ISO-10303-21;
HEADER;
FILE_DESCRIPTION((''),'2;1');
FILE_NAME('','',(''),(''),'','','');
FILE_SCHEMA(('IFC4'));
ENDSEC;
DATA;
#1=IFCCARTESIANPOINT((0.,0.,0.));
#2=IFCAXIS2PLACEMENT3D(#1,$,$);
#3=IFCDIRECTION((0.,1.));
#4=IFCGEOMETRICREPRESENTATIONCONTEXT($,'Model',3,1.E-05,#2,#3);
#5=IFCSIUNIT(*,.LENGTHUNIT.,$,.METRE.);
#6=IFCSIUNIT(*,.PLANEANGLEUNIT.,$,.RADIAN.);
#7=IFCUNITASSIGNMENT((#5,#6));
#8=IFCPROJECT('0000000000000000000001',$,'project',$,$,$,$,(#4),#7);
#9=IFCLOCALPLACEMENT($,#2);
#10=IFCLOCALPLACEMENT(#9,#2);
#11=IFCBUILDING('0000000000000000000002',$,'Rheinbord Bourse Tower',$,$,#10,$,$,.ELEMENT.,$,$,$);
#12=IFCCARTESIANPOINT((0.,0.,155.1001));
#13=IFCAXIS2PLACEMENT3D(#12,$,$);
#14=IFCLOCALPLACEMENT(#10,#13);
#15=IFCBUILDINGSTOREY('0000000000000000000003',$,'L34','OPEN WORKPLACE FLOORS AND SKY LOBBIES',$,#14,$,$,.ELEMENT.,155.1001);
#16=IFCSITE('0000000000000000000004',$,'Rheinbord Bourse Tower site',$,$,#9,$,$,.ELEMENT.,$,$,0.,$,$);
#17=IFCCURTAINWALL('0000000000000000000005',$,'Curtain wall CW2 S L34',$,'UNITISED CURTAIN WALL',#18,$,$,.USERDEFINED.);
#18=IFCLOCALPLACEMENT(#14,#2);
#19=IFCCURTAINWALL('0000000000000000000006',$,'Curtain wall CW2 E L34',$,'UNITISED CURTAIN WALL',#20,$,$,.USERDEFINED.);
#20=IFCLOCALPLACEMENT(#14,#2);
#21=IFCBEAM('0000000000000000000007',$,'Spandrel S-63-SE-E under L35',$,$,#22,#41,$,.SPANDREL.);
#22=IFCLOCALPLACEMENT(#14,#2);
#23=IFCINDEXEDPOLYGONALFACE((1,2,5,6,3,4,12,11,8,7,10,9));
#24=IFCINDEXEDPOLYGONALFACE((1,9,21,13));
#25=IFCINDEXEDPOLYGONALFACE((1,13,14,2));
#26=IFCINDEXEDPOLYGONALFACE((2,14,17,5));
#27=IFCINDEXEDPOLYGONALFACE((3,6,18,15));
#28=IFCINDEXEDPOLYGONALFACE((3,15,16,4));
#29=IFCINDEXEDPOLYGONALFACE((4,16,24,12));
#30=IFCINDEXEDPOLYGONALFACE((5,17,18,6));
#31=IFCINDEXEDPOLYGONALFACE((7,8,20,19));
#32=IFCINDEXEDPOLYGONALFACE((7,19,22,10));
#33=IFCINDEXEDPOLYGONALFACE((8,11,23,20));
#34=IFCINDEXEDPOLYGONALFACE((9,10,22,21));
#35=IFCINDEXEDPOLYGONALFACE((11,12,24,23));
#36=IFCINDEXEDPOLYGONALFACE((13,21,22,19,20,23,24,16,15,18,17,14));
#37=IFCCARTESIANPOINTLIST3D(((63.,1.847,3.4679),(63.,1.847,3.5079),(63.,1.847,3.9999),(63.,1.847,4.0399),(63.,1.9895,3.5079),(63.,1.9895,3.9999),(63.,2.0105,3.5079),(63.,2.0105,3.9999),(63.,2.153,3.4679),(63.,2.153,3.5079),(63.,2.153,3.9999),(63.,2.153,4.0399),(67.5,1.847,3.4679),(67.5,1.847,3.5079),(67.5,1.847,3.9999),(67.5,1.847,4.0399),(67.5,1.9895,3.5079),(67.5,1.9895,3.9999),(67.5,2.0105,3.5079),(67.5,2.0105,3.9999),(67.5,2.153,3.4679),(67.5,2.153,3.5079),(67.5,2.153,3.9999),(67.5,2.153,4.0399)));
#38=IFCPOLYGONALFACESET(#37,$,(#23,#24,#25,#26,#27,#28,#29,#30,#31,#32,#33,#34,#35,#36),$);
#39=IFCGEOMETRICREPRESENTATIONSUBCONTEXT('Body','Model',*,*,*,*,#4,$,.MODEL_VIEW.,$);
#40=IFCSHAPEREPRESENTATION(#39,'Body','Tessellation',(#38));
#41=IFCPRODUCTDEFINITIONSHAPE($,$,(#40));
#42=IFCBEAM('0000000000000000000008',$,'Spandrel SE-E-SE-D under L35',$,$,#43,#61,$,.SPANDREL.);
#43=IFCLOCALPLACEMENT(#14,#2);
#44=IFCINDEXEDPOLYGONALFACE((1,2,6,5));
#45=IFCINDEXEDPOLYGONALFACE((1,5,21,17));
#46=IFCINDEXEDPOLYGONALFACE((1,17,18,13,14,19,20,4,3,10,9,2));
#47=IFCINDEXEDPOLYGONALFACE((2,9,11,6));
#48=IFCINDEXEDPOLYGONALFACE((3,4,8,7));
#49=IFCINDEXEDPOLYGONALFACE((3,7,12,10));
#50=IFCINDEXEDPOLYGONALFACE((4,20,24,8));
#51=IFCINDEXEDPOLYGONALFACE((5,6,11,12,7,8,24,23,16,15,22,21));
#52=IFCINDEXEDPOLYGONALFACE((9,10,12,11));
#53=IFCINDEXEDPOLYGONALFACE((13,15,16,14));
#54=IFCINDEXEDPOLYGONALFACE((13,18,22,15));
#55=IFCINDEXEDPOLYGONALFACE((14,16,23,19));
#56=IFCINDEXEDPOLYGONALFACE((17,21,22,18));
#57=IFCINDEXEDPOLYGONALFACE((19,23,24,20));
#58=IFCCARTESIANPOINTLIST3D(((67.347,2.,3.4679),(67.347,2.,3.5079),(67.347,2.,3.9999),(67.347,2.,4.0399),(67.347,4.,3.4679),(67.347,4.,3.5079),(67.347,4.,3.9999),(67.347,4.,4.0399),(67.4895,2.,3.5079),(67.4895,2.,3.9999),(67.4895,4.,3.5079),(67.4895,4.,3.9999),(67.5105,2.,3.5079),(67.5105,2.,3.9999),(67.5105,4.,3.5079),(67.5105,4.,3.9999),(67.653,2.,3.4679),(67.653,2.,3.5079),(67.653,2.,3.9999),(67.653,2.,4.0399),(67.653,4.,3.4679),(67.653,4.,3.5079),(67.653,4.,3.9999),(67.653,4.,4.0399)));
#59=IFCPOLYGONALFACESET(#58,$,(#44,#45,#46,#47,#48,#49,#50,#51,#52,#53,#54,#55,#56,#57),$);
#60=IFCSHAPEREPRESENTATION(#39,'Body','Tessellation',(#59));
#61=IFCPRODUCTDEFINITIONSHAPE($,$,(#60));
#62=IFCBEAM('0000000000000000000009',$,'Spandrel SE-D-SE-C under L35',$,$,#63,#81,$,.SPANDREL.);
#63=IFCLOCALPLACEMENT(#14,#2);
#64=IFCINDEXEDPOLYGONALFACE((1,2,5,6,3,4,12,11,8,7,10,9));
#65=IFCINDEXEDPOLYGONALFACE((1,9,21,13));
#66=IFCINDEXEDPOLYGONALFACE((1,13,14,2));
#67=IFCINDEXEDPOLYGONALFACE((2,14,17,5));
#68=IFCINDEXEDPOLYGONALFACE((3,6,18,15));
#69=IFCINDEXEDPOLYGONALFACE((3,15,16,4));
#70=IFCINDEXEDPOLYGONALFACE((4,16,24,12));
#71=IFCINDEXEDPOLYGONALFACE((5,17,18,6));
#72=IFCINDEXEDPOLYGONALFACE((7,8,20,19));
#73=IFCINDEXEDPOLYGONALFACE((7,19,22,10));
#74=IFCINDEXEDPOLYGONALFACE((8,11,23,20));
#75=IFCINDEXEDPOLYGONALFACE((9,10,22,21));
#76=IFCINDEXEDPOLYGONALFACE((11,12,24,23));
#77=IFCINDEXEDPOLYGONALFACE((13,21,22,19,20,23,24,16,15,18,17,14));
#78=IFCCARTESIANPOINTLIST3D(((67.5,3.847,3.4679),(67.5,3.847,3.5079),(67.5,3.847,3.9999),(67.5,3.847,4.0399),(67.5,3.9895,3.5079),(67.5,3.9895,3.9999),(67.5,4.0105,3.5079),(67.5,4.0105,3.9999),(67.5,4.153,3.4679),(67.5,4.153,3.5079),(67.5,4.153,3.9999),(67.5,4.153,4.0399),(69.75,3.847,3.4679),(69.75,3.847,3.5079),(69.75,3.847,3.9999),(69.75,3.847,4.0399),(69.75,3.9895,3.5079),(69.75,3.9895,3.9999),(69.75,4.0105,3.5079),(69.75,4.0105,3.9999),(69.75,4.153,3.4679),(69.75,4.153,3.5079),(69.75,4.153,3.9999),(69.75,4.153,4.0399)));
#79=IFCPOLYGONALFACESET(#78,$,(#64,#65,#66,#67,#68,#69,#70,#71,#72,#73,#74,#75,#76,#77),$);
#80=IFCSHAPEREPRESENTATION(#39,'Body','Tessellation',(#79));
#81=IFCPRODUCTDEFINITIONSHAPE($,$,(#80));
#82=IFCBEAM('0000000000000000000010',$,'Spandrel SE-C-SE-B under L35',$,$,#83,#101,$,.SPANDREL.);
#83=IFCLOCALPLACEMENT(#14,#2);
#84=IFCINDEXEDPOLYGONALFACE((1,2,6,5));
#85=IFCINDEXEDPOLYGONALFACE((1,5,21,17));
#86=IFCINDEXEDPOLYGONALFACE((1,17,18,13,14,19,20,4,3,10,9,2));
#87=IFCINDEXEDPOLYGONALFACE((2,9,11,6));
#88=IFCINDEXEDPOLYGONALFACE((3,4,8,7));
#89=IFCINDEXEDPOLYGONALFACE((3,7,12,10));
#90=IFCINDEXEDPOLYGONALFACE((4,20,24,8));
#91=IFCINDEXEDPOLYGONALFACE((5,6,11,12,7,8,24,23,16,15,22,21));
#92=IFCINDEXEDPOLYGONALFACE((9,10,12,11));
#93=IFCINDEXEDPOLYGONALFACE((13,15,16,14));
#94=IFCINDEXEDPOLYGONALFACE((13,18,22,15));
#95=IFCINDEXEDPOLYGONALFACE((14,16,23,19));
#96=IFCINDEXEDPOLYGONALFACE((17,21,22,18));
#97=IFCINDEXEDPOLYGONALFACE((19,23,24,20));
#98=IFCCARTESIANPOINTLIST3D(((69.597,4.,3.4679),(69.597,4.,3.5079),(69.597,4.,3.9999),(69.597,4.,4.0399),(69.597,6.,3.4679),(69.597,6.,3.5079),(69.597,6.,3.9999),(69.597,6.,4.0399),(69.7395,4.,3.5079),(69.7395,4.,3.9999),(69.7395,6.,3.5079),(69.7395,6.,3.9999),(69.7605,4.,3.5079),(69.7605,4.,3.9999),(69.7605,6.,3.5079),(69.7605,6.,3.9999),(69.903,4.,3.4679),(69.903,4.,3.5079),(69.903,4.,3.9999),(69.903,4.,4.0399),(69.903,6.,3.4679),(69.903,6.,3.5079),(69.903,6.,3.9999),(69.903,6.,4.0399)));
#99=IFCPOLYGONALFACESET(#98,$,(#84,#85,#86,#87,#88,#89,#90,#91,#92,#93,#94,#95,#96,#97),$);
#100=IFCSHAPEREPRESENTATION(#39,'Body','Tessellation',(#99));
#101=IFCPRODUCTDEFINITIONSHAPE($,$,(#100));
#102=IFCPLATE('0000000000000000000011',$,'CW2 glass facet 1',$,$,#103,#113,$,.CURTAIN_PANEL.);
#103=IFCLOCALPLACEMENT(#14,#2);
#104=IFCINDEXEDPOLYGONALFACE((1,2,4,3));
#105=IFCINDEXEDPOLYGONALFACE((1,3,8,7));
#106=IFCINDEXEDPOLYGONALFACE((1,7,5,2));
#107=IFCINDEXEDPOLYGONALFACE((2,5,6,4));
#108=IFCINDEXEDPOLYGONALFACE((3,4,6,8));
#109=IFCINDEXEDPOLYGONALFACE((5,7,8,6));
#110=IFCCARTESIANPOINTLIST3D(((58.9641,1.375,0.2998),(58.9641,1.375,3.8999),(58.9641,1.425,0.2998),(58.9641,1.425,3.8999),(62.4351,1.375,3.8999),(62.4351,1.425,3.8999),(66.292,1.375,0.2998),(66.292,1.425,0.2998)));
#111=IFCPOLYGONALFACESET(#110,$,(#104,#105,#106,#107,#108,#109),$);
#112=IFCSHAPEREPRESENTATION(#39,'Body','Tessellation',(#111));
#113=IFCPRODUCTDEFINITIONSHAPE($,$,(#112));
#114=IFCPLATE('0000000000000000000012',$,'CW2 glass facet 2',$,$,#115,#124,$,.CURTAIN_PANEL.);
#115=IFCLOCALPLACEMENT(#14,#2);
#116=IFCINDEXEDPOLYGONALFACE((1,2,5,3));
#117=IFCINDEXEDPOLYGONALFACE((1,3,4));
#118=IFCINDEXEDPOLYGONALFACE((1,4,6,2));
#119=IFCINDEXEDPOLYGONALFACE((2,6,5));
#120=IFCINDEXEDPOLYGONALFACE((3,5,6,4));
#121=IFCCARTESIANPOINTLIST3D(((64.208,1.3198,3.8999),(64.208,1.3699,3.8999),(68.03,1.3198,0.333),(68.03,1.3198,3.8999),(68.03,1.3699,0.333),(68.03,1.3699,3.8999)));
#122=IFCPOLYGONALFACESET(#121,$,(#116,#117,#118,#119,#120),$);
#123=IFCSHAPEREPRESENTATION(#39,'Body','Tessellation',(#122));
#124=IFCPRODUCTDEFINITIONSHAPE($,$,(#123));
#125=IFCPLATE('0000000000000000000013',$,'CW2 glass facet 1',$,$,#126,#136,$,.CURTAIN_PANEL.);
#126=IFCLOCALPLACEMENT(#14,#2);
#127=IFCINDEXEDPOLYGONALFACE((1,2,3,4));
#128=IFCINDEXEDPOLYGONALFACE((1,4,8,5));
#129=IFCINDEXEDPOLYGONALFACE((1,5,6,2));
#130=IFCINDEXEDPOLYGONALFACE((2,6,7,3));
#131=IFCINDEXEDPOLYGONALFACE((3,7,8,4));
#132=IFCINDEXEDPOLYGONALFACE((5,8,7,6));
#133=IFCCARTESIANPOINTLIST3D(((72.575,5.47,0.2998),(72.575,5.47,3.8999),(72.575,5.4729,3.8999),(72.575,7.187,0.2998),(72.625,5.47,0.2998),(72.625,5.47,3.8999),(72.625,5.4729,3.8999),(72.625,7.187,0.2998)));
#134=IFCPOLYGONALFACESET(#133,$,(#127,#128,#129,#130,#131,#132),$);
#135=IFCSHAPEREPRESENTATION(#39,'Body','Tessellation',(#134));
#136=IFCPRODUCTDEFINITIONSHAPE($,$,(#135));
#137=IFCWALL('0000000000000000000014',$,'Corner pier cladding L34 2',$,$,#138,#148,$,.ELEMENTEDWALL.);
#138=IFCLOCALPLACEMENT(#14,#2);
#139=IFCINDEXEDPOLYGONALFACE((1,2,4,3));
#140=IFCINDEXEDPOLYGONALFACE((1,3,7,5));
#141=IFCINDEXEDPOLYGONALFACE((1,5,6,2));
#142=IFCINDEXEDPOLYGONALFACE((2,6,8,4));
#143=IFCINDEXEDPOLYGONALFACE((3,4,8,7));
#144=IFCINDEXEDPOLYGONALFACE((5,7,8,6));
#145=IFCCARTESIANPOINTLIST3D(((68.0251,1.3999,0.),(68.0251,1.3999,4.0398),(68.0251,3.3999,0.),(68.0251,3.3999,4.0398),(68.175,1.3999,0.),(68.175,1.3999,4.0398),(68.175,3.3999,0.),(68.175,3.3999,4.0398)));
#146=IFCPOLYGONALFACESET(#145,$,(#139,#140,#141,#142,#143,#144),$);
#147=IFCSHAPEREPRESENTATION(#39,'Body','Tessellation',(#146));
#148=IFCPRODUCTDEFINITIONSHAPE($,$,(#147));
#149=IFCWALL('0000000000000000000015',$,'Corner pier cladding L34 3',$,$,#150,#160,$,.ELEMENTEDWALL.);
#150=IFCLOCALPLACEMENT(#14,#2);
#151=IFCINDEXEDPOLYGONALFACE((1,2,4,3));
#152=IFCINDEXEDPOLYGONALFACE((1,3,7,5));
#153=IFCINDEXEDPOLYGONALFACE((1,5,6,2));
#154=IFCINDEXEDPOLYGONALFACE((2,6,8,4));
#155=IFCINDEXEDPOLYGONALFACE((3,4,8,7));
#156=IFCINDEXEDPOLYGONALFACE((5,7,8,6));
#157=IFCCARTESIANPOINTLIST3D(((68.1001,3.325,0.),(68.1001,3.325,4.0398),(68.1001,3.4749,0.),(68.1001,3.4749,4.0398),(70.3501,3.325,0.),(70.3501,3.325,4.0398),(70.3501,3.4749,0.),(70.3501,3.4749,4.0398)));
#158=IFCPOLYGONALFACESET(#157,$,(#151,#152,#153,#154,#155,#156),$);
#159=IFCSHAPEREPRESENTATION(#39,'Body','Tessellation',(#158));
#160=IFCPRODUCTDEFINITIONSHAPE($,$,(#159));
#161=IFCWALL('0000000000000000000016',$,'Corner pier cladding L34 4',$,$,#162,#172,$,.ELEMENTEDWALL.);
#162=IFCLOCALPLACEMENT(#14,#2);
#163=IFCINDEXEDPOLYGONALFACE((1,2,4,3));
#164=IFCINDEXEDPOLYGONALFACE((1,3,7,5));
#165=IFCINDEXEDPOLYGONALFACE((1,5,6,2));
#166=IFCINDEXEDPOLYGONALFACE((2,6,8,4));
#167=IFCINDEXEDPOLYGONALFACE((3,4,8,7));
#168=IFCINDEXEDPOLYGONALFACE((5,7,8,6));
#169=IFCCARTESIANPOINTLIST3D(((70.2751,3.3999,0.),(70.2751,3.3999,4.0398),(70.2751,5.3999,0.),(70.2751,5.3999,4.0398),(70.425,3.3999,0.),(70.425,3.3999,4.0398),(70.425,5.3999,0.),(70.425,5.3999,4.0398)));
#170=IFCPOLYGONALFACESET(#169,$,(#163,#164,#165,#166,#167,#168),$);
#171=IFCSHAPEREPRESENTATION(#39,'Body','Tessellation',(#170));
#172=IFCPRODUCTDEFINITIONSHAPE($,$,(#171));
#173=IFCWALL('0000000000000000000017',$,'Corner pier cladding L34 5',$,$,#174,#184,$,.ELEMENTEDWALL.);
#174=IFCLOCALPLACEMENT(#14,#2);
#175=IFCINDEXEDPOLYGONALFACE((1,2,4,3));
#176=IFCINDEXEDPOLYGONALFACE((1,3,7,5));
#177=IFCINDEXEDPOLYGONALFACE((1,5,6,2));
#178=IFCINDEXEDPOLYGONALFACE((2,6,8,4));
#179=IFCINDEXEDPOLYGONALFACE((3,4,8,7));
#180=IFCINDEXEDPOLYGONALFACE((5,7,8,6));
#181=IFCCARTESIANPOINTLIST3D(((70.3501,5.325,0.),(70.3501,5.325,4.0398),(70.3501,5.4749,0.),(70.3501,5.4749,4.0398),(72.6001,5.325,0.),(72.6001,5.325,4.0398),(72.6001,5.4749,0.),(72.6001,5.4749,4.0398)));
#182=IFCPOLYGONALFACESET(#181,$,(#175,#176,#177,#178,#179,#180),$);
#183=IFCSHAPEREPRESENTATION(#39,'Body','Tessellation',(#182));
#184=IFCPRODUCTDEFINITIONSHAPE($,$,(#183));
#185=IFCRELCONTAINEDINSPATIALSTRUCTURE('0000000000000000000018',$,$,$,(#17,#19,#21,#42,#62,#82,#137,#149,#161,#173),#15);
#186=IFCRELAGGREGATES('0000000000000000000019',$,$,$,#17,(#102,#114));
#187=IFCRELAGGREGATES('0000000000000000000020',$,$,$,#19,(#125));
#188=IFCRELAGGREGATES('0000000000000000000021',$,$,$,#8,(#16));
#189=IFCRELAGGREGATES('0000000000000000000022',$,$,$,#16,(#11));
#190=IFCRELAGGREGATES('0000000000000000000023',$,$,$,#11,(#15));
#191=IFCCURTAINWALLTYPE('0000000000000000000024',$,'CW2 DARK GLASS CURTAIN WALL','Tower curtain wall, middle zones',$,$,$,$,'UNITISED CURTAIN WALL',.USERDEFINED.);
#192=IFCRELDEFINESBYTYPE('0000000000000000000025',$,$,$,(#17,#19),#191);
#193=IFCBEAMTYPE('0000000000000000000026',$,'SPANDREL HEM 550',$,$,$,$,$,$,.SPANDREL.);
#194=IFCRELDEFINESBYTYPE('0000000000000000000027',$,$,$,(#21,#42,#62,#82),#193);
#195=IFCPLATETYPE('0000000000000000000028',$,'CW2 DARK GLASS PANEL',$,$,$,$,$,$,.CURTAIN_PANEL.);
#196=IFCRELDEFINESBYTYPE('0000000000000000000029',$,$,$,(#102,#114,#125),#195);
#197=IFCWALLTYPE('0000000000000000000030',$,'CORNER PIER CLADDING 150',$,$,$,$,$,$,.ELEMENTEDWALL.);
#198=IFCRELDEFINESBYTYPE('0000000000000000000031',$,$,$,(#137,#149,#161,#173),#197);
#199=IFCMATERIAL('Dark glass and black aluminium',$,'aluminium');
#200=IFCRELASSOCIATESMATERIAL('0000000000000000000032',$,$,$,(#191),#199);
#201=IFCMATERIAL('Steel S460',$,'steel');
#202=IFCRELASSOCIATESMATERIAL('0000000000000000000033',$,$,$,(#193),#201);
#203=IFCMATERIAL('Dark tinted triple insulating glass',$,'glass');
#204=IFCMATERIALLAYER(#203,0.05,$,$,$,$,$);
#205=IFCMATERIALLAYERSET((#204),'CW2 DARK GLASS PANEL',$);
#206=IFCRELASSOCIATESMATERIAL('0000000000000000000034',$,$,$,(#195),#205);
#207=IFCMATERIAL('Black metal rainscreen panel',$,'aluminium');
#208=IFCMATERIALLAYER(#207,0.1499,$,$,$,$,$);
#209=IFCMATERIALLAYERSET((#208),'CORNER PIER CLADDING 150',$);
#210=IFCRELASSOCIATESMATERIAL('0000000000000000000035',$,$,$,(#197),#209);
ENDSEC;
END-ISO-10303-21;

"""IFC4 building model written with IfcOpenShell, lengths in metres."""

from ifc_helpers import new_model, si_unit, direction, frame, frame_2d, origin, origin_2d, place, context, subcontext, project, spatial, polyline, rectangle, i_section, outline, extrude, material, layer, layer_set, material_profile, profile_set, type_object, element, aggregate, save


model = new_model("IFC4")

# Units and contexts
model_context = context("Model", 3, precision=1e-05, world=origin(), true_north=direction((0.0, 1.0)))
body_context = subcontext(model_context, "Body", "Model", "MODEL_VIEW")
ifc_project = project(units=[si_unit("LENGTHUNIT", "METRE"), si_unit("PLANEANGLEUNIT", "RADIAN")], contexts=[model_context])

# Site, building, storey
site_placement = place(None, origin())
site = spatial("IfcSite", under=ifc_project, at=site_placement, Name="Rheinbord Bourse Tower site", CompositionType="ELEMENT", RefElevation=0.0)
building_placement = place(site_placement, origin())
building = spatial("IfcBuilding", under=site, at=building_placement, Name="Rheinbord Bourse Tower", CompositionType="ELEMENT")
storey_placement = place(building_placement, frame((0.0, 0.0, 155.1001)))
storey = spatial("IfcBuildingStorey", under=building, at=storey_placement, Name="L34", Description="OPEN WORKPLACE FLOORS AND SKY LOBBIES", CompositionType="ELEMENT", Elevation=155.1001)

# Curtain wall
ifc_material_1 = material(Name="Dark glass and black aluminium", Category="aluminium")
curtain_wall_type = type_object("IfcCurtainWallType", Name="CW2 DARK GLASS CURTAIN WALL", Description="Tower curtain wall, middle zones", ElementType="UNITISED CURTAIN WALL", PredefinedType="USERDEFINED", material=ifc_material_1)
curtain_wall_1_placement = place(storey_placement, origin())
curtain_wall_1 = element("IfcCurtainWall", 1, at=curtain_wall_1_placement, inside=storey, type_object=curtain_wall_type, Name="Curtain wall CW2 S L34", ObjectType="UNITISED CURTAIN WALL", PredefinedType="USERDEFINED")

# Curtain wall
curtain_wall_2_placement = place(storey_placement, origin())
curtain_wall_2 = element("IfcCurtainWall", 2, at=curtain_wall_2_placement, inside=storey, type_object=curtain_wall_type, Name="Curtain wall CW2 E L34", ObjectType="UNITISED CURTAIN WALL", PredefinedType="USERDEFINED")

# Beams
ifc_material_2 = material(Name="Steel S460", Category="steel")
ifc_material_profile_1 = material_profile(ifc_material_2, i_section(OverallWidth=0.3059, OverallDepth=0.572, WebThickness=0.021, FlangeThickness=0.04, at=origin_2d()), Name="HEM 550")
ifc_profile_set_1 = profile_set([ifc_material_profile_1], Name="Steel S460")
beam_type_1 = type_object("IfcBeamType", Name="SPANDREL HEM 550", PredefinedType="SPANDREL", material=ifc_profile_set_1)
for number, where, z_axis, x_axis, name in (
    (3, (63.0, 2.0, 3.7539), (1.0, 0.0, 0.0), (0.0, 1.0, 0.0), "Spandrel S-63-SE-E under L35"),
):
    element("IfcBeam", number, at=place(storey_placement, frame(where, z_axis=z_axis, x_axis=x_axis)), inside=storey, type_object=beam_type_1, Name=name, PredefinedType="SPANDREL", context=body_context, shape_type="SweptSolid", body=[
        extrude(i_section(OverallWidth=0.3059, OverallDepth=0.572, WebThickness=0.021, FlangeThickness=0.04, at=origin_2d()), origin(), (0.0, 0.0, 1.0), 4.5),
    ])
beam_1_placement = place(storey_placement, frame((67.5, 2.0, 3.7539), z_axis=(0.0, 1.0, 0.0), x_axis=(-1.0, 0.0, 0.0)))
element("IfcBeam", 4, at=beam_1_placement, inside=storey, type_object=beam_type_1, Name="Spandrel SE-E-SE-D under L35", PredefinedType="SPANDREL", context=body_context, shape_type="SweptSolid", body=[
    extrude(i_section(OverallWidth=0.3059, OverallDepth=0.572, WebThickness=0.021, FlangeThickness=0.04, at=origin_2d()), origin(), (0.0, 0.0, 1.0), 2.0),
])
beam_2_placement = place(storey_placement, frame((67.5, 4.0, 3.7539), z_axis=(1.0, 0.0, 0.0), x_axis=(0.0, 1.0, 0.0)))
element("IfcBeam", 5, at=beam_2_placement, inside=storey, type_object=beam_type_1, Name="Spandrel SE-D-SE-C under L35", PredefinedType="SPANDREL", context=body_context, shape_type="SweptSolid", body=[
    extrude(i_section(OverallWidth=0.3059, OverallDepth=0.572, WebThickness=0.021, FlangeThickness=0.04, at=origin_2d()), origin(), (0.0, 0.0, 1.0), 2.25),
])
beam_3_placement = place(storey_placement, frame((69.75, 4.0, 3.7539), z_axis=(0.0, 1.0, 0.0), x_axis=(-1.0, 0.0, 0.0)))
element("IfcBeam", 6, at=beam_3_placement, inside=storey, type_object=beam_type_1, Name="Spandrel SE-C-SE-B under L35", PredefinedType="SPANDREL", context=body_context, shape_type="SweptSolid", body=[
    extrude(i_section(OverallWidth=0.3059, OverallDepth=0.572, WebThickness=0.021, FlangeThickness=0.04, at=origin_2d()), origin(), (0.0, 0.0, 1.0), 2.0),
])

# Plates
ifc_material_3 = material(Name="Dark tinted triple insulating glass", Category="glass")
ifc_layer_1 = layer(ifc_material_3, 0.05)
ifc_layer_set_1 = layer_set([ifc_layer_1], Name="CW2 DARK GLASS PANEL")
plate_type = type_object("IfcPlateType", Name="CW2 DARK GLASS PANEL", PredefinedType="CURTAIN_PANEL", material=ifc_layer_set_1)
plate_1_placement = place(storey_placement, frame((58.9641, 1.375, 0.2998), z_axis=(0.0, 1.0, 0.0), x_axis=(0.0, 0.0, 1.0)))
plate_1 = element("IfcPlate", 7, at=plate_1_placement, type_object=plate_type, Name="CW2 glass facet 1", PredefinedType="CURTAIN_PANEL", context=body_context, shape_type="SweptSolid", body=[
    extrude(outline(polyline([(0.0, 0.0), (3.6001, 0.0), (3.6001, 3.4709), (0.0, 7.3279), (0.0, 0.0)])), origin(), (0.0, 0.0, 1.0), 0.05),
])
plate_2_placement = place(storey_placement, frame((68.03, 1.3198, 3.8999), z_axis=(0.0, 1.0, 0.0), x_axis=(0.0, 0.0, -1.0)))
plate_2 = element("IfcPlate", 8, at=plate_2_placement, type_object=plate_type, Name="CW2 glass facet 2", PredefinedType="CURTAIN_PANEL", context=body_context, shape_type="SweptSolid", body=[
    extrude(outline(polyline([(0.0, 0.0), (3.5669, 0.0), (0.0, 3.822), (0.0, 0.0)])), origin(), (0.0, 0.0, 1.0), 0.05),
])
aggregate(curtain_wall_1, [plate_1, plate_2])
plate_3_placement = place(storey_placement, frame((72.625, 5.47, 0.2998), z_axis=(-1.0, 0.0, 0.0), x_axis=(0.0, 0.0, 1.0)))
plate_3 = element("IfcPlate", 9, at=plate_3_placement, type_object=plate_type, Name="CW2 glass facet 1", PredefinedType="CURTAIN_PANEL", context=body_context, shape_type="SweptSolid", body=[
    extrude(outline(polyline([(0.0, 0.0), (3.6001, 0.0), (3.6001, 0.0029), (0.0, 1.717), (0.0, 0.0)])), origin(), (0.0, 0.0, 1.0), 0.05),
])
aggregate(curtain_wall_2, [plate_3])

# Walls
ifc_material_4 = material(Name="Black metal rainscreen panel", Category="aluminium")
ifc_layer_2 = layer(ifc_material_4, 0.1499)
ifc_layer_set_2 = layer_set([ifc_layer_2], Name="CORNER PIER CLADDING 150")
wall_type = type_object("IfcWallType", Name="CORNER PIER CLADDING 150", PredefinedType="ELEMENTEDWALL", material=ifc_layer_set_2)
wall_1_placement = place(storey_placement, frame((68.1001, 1.3999, 0.0), z_axis=(0.0, 0.0, 1.0), x_axis=(0.0, 1.0, 0.0)))
element("IfcWall", 10, at=wall_1_placement, inside=storey, type_object=wall_type, Name="Corner pier cladding L34 2", PredefinedType="ELEMENTEDWALL", context=body_context, shape_type="SweptSolid", body=[
    extrude(rectangle(XDim=2.0, YDim=0.1499, at=frame_2d((1.0, 0.0))), origin(), (0.0, 0.0, 1.0), 4.0398),
])
wall_2_placement = place(storey_placement, frame((68.1001, 3.3999, 0.0), z_axis=(0.0, 0.0, 1.0), x_axis=(1.0, 0.0, 0.0)))
element("IfcWall", 11, at=wall_2_placement, inside=storey, type_object=wall_type, Name="Corner pier cladding L34 3", PredefinedType="ELEMENTEDWALL", context=body_context, shape_type="SweptSolid", body=[
    extrude(rectangle(XDim=2.25, YDim=0.1499, at=frame_2d((1.125, 0.0))), origin(), (0.0, 0.0, 1.0), 4.0398),
])
wall_3_placement = place(storey_placement, frame((70.3501, 3.3999, 0.0), z_axis=(0.0, 0.0, 1.0), x_axis=(0.0, 1.0, 0.0)))
element("IfcWall", 12, at=wall_3_placement, inside=storey, type_object=wall_type, Name="Corner pier cladding L34 4", PredefinedType="ELEMENTEDWALL", context=body_context, shape_type="SweptSolid", body=[
    extrude(rectangle(XDim=2.0, YDim=0.1499, at=frame_2d((1.0, 0.0))), origin(), (0.0, 0.0, 1.0), 4.0398),
])
wall_4_placement = place(storey_placement, frame((70.3501, 5.3999, 0.0), z_axis=(0.0, 0.0, 1.0), x_axis=(1.0, 0.0, 0.0)))
element("IfcWall", 13, at=wall_4_placement, inside=storey, type_object=wall_type, Name="Corner pier cladding L34 5", PredefinedType="ELEMENTEDWALL", context=body_context, shape_type="SweptSolid", body=[
    extrude(rectangle(XDim=2.25, YDim=0.1499, at=frame_2d((1.125, 0.0))), origin(), (0.0, 0.0, 1.0), 4.0398),
])

save(model, "model.ifc")
